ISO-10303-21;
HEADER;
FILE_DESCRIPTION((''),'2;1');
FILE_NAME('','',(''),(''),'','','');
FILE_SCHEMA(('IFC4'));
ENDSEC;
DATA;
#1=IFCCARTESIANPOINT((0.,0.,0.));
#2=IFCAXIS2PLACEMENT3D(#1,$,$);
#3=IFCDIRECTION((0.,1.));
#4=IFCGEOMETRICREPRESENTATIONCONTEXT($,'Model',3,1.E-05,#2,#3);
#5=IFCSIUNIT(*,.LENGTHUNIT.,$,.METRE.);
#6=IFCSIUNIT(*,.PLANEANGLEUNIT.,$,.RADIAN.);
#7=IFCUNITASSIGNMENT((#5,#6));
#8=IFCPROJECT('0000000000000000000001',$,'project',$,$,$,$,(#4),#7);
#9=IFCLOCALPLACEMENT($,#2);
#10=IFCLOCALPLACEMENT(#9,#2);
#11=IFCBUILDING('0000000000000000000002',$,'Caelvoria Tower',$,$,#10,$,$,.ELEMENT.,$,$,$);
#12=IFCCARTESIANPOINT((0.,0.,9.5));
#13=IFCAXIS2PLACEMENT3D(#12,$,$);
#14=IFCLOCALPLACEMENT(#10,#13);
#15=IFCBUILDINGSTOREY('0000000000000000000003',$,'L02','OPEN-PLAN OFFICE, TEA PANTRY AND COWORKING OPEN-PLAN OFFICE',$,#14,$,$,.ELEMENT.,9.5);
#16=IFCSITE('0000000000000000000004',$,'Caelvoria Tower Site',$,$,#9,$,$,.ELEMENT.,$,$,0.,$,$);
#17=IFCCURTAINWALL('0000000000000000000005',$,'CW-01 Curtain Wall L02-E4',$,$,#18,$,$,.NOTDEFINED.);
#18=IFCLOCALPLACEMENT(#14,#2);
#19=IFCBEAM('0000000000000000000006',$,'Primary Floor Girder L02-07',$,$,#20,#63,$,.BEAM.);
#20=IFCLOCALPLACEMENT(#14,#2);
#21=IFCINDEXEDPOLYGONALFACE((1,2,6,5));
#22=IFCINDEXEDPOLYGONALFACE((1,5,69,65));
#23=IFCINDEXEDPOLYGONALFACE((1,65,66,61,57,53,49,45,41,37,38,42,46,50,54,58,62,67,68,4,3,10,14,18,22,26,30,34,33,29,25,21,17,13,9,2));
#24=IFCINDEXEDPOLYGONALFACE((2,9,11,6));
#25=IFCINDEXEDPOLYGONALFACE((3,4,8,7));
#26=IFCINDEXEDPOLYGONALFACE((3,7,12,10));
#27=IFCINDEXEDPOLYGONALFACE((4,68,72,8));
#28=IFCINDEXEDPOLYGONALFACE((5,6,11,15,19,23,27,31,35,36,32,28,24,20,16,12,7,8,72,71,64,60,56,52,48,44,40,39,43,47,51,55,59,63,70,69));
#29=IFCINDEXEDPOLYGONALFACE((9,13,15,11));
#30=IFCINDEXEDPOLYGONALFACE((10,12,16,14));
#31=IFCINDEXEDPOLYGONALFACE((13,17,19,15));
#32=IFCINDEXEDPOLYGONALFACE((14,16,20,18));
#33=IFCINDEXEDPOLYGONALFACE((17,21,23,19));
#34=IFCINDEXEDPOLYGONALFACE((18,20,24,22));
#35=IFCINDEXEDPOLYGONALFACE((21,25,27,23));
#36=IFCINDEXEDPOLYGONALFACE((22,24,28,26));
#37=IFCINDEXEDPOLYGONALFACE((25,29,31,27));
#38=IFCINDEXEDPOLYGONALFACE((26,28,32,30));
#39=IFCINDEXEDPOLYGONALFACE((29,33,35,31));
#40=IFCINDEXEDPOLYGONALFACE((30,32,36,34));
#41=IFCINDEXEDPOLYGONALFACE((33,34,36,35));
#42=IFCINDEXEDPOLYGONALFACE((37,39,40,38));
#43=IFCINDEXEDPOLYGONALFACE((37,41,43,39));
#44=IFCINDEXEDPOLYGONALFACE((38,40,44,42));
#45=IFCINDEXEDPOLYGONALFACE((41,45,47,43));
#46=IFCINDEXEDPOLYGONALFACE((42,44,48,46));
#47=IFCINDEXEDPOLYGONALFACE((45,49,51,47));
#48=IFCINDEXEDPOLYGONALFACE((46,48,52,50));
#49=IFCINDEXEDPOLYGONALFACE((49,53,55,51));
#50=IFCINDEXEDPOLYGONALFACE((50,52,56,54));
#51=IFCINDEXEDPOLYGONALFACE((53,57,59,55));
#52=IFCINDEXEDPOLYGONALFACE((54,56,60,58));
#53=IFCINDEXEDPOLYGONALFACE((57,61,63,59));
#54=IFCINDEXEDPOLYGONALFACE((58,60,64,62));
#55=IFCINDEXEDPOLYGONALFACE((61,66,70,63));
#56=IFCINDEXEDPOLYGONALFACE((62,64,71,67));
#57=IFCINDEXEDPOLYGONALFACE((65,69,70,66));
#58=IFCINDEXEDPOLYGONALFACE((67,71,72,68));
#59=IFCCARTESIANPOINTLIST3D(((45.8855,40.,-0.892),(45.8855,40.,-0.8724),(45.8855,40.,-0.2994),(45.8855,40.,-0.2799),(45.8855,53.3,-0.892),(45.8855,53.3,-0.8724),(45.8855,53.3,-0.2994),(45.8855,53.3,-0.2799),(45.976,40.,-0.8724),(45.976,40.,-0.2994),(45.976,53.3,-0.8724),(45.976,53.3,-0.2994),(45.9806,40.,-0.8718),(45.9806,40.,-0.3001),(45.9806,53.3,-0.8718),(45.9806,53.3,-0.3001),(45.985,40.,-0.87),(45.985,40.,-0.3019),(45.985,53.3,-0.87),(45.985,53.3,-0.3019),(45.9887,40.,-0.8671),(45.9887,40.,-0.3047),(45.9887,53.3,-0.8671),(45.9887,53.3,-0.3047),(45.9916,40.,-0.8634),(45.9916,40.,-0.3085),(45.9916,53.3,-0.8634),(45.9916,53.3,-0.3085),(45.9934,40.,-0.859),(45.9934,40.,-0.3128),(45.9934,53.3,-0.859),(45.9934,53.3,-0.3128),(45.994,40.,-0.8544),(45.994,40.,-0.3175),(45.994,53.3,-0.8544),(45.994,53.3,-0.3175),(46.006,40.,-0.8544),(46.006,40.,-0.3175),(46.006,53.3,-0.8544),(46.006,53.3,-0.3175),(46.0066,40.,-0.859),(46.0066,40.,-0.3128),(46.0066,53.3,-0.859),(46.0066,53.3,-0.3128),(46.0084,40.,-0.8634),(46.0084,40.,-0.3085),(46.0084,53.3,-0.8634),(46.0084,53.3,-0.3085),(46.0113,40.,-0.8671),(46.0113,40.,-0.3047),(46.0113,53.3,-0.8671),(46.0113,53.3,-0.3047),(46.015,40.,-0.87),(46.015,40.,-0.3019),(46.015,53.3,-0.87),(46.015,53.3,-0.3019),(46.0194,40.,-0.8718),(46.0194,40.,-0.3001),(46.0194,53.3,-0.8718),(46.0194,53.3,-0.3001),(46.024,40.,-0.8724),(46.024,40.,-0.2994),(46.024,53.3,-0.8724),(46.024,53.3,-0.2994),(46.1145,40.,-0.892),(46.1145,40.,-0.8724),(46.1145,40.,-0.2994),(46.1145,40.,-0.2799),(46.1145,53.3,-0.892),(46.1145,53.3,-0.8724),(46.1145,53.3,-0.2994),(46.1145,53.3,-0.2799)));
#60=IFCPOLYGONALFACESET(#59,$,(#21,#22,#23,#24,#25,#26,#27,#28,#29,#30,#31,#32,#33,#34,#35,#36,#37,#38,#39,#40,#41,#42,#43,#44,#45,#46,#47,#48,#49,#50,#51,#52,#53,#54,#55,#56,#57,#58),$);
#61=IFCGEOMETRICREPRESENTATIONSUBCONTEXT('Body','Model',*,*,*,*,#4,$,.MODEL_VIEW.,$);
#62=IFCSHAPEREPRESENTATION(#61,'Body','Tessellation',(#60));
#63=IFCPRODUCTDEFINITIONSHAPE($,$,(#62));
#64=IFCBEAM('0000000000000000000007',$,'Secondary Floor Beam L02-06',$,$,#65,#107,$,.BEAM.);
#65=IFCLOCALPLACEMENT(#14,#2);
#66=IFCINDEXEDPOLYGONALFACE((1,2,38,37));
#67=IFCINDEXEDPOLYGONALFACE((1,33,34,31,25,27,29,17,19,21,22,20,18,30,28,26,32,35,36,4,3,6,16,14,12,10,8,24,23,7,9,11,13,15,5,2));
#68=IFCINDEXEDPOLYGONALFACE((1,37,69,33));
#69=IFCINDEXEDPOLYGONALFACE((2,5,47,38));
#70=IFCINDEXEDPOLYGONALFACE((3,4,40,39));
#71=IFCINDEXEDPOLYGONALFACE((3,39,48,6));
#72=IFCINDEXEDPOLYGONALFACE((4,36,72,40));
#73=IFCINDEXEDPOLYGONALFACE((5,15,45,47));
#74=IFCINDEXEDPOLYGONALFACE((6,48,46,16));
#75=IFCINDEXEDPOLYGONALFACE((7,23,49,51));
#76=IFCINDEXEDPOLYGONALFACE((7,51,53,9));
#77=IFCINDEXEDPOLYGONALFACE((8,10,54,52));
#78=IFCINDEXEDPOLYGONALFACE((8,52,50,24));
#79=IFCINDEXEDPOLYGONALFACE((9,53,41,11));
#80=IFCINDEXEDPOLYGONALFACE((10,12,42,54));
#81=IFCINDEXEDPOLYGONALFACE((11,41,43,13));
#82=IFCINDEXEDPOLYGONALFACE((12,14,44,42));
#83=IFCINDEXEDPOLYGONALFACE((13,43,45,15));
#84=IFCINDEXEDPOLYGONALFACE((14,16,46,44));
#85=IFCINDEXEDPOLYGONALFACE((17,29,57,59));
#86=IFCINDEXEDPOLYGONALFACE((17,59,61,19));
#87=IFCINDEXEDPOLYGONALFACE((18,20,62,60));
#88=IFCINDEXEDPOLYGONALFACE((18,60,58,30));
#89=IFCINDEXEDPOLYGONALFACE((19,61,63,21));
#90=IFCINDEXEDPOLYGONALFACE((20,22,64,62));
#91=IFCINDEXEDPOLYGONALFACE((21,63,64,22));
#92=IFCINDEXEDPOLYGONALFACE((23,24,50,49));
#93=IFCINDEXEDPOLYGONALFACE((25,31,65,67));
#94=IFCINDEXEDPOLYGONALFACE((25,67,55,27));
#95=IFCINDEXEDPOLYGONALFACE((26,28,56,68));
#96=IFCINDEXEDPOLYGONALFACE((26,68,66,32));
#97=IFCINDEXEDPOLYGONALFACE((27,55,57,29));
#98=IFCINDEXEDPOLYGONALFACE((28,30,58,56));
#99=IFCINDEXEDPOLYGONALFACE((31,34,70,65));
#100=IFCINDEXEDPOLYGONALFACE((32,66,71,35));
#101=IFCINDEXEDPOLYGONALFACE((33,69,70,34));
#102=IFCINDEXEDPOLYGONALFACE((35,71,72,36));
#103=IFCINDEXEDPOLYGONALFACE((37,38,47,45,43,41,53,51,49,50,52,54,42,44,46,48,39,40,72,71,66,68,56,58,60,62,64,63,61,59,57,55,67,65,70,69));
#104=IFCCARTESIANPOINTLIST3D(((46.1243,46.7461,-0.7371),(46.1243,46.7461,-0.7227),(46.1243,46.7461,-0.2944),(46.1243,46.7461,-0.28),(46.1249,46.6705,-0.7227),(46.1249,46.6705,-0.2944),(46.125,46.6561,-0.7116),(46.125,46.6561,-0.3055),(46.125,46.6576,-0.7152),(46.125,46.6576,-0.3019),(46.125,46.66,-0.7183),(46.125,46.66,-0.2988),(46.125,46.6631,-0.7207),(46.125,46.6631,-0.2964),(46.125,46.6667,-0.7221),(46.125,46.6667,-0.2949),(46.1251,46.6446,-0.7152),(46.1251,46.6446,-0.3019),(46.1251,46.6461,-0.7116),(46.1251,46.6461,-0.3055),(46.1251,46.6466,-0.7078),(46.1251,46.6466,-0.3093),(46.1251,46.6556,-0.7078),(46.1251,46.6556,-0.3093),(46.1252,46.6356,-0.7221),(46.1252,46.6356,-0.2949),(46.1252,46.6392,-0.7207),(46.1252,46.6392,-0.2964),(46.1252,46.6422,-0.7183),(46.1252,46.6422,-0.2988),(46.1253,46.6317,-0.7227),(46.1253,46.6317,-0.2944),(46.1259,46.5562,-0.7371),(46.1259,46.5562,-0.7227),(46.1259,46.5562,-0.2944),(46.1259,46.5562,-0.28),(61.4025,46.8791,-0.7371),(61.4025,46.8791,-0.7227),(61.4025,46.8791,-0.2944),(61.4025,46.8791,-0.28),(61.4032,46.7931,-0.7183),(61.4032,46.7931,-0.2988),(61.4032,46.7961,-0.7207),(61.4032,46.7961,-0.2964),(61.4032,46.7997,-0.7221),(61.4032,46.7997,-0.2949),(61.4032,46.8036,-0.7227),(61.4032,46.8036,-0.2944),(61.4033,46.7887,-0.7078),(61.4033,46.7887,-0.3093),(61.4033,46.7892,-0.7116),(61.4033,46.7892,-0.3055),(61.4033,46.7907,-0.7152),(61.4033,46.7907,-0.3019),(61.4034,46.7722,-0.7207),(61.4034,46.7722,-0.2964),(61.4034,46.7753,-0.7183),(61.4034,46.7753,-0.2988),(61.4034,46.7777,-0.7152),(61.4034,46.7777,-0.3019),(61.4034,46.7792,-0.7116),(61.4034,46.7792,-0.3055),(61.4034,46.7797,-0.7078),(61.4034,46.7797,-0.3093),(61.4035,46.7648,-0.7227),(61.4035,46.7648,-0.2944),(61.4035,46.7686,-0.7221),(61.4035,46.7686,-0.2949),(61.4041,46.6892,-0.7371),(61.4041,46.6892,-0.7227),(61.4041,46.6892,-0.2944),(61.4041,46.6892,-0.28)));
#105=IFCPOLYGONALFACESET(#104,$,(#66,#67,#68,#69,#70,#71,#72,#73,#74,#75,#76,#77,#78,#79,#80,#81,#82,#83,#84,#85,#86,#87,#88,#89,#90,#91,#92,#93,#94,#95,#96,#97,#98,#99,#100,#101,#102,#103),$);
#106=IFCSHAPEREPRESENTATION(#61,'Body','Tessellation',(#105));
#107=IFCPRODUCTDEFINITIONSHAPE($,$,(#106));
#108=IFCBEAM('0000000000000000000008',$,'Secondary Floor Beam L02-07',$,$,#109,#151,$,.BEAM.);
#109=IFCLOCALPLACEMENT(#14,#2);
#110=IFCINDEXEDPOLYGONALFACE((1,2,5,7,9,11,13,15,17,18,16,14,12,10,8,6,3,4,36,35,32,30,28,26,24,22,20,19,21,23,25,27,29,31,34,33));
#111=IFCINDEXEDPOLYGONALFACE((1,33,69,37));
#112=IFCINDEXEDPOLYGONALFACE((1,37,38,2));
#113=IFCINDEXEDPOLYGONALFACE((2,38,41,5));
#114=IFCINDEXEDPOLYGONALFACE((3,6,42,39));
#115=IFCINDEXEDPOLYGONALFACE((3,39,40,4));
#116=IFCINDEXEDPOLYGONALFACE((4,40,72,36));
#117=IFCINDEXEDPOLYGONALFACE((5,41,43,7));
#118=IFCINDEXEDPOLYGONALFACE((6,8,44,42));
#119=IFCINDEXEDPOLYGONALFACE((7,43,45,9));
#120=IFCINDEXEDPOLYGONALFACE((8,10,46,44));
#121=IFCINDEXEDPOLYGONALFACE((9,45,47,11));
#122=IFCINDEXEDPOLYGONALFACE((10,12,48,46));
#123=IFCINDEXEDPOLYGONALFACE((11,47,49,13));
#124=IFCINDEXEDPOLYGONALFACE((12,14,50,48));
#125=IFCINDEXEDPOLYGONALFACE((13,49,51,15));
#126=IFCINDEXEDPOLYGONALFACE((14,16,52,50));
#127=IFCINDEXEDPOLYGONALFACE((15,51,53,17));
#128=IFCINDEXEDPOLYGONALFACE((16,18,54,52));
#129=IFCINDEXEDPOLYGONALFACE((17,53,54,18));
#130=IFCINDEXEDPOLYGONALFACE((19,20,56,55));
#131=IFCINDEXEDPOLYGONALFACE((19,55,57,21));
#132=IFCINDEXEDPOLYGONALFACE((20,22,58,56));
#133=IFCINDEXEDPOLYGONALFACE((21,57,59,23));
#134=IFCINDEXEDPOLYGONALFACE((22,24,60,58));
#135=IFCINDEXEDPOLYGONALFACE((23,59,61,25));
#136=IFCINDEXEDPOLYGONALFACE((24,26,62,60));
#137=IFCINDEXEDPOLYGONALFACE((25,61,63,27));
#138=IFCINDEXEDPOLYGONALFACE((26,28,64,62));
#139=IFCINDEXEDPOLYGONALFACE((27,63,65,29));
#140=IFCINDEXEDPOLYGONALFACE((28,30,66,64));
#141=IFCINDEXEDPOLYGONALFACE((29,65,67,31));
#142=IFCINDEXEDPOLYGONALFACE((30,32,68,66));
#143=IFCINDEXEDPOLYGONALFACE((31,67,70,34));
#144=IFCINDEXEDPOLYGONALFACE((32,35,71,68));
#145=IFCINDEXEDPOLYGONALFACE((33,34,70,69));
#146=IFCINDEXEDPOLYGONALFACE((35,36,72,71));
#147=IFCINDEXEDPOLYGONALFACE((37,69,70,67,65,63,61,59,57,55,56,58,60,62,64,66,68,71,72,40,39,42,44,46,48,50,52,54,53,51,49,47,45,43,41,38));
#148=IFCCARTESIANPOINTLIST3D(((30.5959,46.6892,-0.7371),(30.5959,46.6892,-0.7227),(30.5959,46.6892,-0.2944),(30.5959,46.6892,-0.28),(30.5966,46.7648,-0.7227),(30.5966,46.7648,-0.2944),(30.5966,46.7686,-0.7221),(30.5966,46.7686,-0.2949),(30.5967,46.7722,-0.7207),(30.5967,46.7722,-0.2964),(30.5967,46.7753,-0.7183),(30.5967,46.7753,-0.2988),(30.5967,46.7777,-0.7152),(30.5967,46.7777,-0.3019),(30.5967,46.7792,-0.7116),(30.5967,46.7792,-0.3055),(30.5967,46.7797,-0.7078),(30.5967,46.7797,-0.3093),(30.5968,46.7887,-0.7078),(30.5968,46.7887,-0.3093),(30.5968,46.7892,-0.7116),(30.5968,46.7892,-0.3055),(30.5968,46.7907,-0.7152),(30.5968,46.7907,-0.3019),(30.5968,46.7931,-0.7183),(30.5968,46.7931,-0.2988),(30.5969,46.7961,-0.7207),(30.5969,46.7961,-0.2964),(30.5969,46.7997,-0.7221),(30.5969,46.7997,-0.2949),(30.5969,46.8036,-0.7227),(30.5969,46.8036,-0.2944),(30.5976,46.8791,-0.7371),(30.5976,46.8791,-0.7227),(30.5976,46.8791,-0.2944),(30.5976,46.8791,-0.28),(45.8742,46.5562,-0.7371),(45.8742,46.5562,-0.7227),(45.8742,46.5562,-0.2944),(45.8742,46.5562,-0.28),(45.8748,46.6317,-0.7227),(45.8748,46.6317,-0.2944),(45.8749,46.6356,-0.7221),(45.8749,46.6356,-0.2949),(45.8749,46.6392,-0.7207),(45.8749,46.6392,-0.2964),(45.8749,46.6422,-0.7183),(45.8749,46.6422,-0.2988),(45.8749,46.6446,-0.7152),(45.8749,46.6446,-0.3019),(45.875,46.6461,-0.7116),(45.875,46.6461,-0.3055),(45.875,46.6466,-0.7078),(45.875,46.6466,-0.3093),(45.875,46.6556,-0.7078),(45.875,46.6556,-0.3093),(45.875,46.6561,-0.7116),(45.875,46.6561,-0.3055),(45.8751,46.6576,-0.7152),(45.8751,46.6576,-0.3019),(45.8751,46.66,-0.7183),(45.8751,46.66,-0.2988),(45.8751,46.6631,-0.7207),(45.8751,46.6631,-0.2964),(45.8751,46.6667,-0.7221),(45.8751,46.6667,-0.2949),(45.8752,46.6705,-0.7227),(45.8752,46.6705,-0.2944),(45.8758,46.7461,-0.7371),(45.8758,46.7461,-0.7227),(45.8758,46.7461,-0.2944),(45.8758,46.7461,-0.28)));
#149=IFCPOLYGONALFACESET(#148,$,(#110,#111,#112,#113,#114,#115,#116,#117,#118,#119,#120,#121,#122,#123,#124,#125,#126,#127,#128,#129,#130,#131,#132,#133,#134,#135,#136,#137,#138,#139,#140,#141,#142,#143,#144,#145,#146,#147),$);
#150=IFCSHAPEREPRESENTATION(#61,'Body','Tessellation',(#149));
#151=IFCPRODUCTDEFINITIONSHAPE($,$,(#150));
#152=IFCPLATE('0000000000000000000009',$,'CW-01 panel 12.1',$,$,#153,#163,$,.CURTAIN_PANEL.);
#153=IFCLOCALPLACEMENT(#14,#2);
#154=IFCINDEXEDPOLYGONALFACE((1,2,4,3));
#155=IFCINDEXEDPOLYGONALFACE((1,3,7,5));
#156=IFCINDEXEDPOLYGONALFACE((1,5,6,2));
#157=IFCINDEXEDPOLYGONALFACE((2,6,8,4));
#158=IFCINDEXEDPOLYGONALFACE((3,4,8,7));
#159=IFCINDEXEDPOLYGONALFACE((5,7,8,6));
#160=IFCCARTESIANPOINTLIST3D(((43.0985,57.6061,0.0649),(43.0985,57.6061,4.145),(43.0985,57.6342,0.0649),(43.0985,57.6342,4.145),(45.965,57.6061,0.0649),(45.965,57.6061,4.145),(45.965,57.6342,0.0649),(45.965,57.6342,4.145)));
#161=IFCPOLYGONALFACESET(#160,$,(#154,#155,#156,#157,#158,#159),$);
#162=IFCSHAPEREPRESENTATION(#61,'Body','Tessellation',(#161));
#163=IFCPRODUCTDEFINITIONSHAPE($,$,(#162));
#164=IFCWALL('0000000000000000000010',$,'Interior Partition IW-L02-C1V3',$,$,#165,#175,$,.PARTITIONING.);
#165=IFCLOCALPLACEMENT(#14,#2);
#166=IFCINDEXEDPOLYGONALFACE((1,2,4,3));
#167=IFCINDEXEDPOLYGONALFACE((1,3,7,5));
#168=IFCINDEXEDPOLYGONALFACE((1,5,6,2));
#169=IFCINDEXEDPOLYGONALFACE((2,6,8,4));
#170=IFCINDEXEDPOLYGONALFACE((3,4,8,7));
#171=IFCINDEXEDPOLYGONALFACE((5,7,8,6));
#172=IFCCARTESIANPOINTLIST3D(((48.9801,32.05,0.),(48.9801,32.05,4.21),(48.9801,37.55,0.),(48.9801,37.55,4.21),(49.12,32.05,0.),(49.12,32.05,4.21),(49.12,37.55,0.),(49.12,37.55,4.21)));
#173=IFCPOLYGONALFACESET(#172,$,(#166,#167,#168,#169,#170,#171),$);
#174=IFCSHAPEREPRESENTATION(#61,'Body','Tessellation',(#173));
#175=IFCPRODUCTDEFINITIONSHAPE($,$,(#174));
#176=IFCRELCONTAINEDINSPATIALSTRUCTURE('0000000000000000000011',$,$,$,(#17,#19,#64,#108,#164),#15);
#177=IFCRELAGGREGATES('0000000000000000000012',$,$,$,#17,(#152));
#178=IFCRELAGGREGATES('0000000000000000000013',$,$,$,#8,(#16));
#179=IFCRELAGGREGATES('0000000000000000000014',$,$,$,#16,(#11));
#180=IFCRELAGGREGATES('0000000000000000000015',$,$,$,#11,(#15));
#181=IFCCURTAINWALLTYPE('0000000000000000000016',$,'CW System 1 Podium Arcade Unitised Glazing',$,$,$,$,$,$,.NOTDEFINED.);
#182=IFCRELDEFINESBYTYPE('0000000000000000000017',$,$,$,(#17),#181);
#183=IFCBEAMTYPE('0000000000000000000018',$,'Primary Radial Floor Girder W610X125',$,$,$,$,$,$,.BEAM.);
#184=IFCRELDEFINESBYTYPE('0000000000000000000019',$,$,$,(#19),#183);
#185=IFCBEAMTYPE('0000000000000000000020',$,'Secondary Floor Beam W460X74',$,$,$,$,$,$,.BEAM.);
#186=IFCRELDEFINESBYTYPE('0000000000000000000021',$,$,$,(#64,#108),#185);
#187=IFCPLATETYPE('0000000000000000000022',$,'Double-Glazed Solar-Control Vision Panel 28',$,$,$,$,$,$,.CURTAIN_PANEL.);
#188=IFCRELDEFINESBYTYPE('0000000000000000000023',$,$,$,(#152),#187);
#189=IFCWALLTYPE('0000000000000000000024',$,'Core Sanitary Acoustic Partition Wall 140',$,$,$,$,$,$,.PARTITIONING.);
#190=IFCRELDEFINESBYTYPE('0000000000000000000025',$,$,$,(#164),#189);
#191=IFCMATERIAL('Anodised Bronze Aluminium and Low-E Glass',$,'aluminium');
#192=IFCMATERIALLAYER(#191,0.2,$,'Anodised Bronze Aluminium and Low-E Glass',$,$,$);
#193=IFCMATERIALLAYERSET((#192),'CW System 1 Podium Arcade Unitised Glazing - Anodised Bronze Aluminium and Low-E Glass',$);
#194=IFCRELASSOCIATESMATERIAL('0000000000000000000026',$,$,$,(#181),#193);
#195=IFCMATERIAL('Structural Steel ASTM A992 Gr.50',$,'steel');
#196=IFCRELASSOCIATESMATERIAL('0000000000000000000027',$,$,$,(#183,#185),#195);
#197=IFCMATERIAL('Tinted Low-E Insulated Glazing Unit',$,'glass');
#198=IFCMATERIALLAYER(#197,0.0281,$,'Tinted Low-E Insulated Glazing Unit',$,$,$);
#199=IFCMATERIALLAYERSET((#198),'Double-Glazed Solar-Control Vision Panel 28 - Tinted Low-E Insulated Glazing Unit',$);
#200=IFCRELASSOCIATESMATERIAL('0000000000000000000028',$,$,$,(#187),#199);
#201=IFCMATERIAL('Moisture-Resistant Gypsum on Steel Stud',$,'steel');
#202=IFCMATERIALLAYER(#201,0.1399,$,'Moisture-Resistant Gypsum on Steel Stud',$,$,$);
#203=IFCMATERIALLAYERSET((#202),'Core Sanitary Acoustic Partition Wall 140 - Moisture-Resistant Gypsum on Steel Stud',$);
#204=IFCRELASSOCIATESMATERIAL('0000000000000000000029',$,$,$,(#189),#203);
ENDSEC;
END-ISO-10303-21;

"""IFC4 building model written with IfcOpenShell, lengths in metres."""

from ifc_helpers import new_model, si_unit, direction, frame, frame_2d, origin, origin_2d, place, context, subcontext, project, spatial, rectangle, i_section, extrude, material, layer, layer_set, material_profile, profile_set, type_object, element, aggregate, save


model = new_model("IFC4")

# Units and contexts
model_context = context("Model", 3, precision=1e-05, world=origin(), true_north=direction((0.0, 1.0)))
body_context = subcontext(model_context, "Body", "Model", "MODEL_VIEW")
ifc_project = project(units=[si_unit("LENGTHUNIT", "METRE"), si_unit("PLANEANGLEUNIT", "RADIAN")], contexts=[model_context])

# Site, building, storey
site_placement = place(None, origin())
site = spatial("IfcSite", under=ifc_project, at=site_placement, Name="Caelvoria Tower Site", CompositionType="ELEMENT", RefElevation=0.0)
building_placement = place(site_placement, origin())
building = spatial("IfcBuilding", under=site, at=building_placement, Name="Caelvoria Tower", CompositionType="ELEMENT")
storey_placement = place(building_placement, frame((0.0, 0.0, 9.5)))
storey = spatial("IfcBuildingStorey", under=building, at=storey_placement, Name="L02", Description="OPEN-PLAN OFFICE, TEA PANTRY AND COWORKING OPEN-PLAN OFFICE", CompositionType="ELEMENT", Elevation=9.5)

# Shared definitions
ifc_material_1 = material(Name="Structural Steel ASTM A992 Gr.50", Category="steel")

# Curtain wall
ifc_material_2 = material(Name="Anodised Bronze Aluminium and Low-E Glass", Category="aluminium")
ifc_layer_1 = layer(ifc_material_2, 0.2, Name="Anodised Bronze Aluminium and Low-E Glass")
ifc_layer_set_1 = layer_set([ifc_layer_1], Name="CW System 1 Podium Arcade Unitised Glazing - Anodised Bronze Aluminium and Low-E Glass")
curtain_wall_type = type_object("IfcCurtainWallType", Name="CW System 1 Podium Arcade Unitised Glazing", PredefinedType="NOTDEFINED", material=ifc_layer_set_1)
curtain_wall_placement = place(storey_placement, origin())
curtain_wall = element("IfcCurtainWall", 1, at=curtain_wall_placement, inside=storey, type_object=curtain_wall_type, Name="CW-01 Curtain Wall L02-E4", PredefinedType="NOTDEFINED")

# Beams
ifc_material_profile_1 = material_profile(ifc_material_1, i_section(OverallWidth=0.229, OverallDepth=0.6121, WebThickness=0.012, FlangeThickness=0.0195, FilletRadius=0.0181, at=origin_2d()), Name="Structural Steel ASTM A992 Gr.50")
ifc_profile_set_1 = profile_set([ifc_material_profile_1], Name="W610X125 - Structural Steel ASTM A992 Gr.50")
beam_type_1 = type_object("IfcBeamType", Name="Primary Radial Floor Girder W610X125", PredefinedType="BEAM", material=ifc_profile_set_1)
beam_1_placement = place(storey_placement, frame((46.0, 40.0, -0.5859), z_axis=(0.0, 1.0, 0.0), x_axis=(-1.0, 0.0, 0.0)))
element("IfcBeam", 2, at=beam_1_placement, inside=storey, type_object=beam_type_1, Name="Primary Floor Girder L02-07", PredefinedType="BEAM", context=body_context, shape_type="SweptSolid", body=[
    extrude(i_section(OverallWidth=0.229, OverallDepth=0.6121, WebThickness=0.012, FlangeThickness=0.0195, FilletRadius=0.0181, at=origin_2d()), origin(), (0.0, 0.0, 1.0), 13.3),
])
ifc_material_profile_2 = material_profile(ifc_material_1, i_section(OverallWidth=0.1899, OverallDepth=0.457, WebThickness=0.009, FlangeThickness=0.0144, FilletRadius=0.0149, at=origin_2d()), Name="Structural Steel ASTM A992 Gr.50")
ifc_profile_set_2 = profile_set([ifc_material_profile_2], Name="W460X74 - Structural Steel ASTM A992 Gr.50")
beam_type_2 = type_object("IfcBeamType", Name="Secondary Floor Beam W460X74", PredefinedType="BEAM", material=ifc_profile_set_2)
for number, where, z_axis, x_axis, name in (
    (3, (61.4033, 46.7842, -0.5085), (-0.999962, -0.008709, 0.0), (0.008709, -0.999962, 0.0), "Secondary Floor Beam L02-06"),
    (4, (45.875, 46.6511, -0.5085), (-0.999962, 0.008709, 0.0), (-0.008709, -0.999962, 0.0), "Secondary Floor Beam L02-07"),
):
    element("IfcBeam", number, at=place(storey_placement, frame(where, z_axis=z_axis, x_axis=x_axis)), inside=storey, type_object=beam_type_2, Name=name, PredefinedType="BEAM", context=body_context, shape_type="SweptSolid", body=[
        extrude(i_section(OverallWidth=0.1899, OverallDepth=0.457, WebThickness=0.009, FlangeThickness=0.0144, FilletRadius=0.0149, at=origin_2d()), origin(), (0.0, 0.0, 1.0), 15.2788),
    ])

# Plate
ifc_material_3 = material(Name="Tinted Low-E Insulated Glazing Unit", Category="glass")
ifc_layer_2 = layer(ifc_material_3, 0.0281, Name="Tinted Low-E Insulated Glazing Unit")
ifc_layer_set_2 = layer_set([ifc_layer_2], Name="Double-Glazed Solar-Control Vision Panel 28 - Tinted Low-E Insulated Glazing Unit")
plate_type = type_object("IfcPlateType", Name="Double-Glazed Solar-Control Vision Panel 28", PredefinedType="CURTAIN_PANEL", material=ifc_layer_set_2)
plate_placement = place(storey_placement, frame((44.5317, 57.6201, 0.0649), z_axis=(0.0, 0.0, 1.0), x_axis=(-1.0, 0.0, 0.0)))
plate = element("IfcPlate", 5, at=plate_placement, type_object=plate_type, Name="CW-01 panel 12.1", PredefinedType="CURTAIN_PANEL", context=body_context, shape_type="SweptSolid", body=[
    extrude(rectangle(XDim=2.8665, YDim=0.0281, at=origin_2d()), origin(), (0.0, 0.0, 1.0), 4.0801),
])
aggregate(curtain_wall, [plate])

# Wall
ifc_material_4 = material(Name="Moisture-Resistant Gypsum on Steel Stud", Category="steel")
ifc_layer_3 = layer(ifc_material_4, 0.1399, Name="Moisture-Resistant Gypsum on Steel Stud")
ifc_layer_set_3 = layer_set([ifc_layer_3], Name="Core Sanitary Acoustic Partition Wall 140 - Moisture-Resistant Gypsum on Steel Stud")
wall_type_1 = type_object("IfcWallType", Name="Core Sanitary Acoustic Partition Wall 140", PredefinedType="PARTITIONING", material=ifc_layer_set_3)
wall_1_placement = place(storey_placement, frame((49.05, 32.05, 0.0), z_axis=(0.0, 0.0, 1.0), x_axis=(0.0, 1.0, 0.0)))
element("IfcWall", 6, at=wall_1_placement, inside=storey, type_object=wall_type_1, Name="Interior Partition IW-L02-C1V3", PredefinedType="PARTITIONING", context=body_context, shape_type="SweptSolid", body=[
    extrude(rectangle(XDim=5.5, YDim=0.1399, at=frame_2d((2.75, 0.0))), origin(), (0.0, 0.0, 1.0), 4.21),
])

save(model, "model.ifc")
